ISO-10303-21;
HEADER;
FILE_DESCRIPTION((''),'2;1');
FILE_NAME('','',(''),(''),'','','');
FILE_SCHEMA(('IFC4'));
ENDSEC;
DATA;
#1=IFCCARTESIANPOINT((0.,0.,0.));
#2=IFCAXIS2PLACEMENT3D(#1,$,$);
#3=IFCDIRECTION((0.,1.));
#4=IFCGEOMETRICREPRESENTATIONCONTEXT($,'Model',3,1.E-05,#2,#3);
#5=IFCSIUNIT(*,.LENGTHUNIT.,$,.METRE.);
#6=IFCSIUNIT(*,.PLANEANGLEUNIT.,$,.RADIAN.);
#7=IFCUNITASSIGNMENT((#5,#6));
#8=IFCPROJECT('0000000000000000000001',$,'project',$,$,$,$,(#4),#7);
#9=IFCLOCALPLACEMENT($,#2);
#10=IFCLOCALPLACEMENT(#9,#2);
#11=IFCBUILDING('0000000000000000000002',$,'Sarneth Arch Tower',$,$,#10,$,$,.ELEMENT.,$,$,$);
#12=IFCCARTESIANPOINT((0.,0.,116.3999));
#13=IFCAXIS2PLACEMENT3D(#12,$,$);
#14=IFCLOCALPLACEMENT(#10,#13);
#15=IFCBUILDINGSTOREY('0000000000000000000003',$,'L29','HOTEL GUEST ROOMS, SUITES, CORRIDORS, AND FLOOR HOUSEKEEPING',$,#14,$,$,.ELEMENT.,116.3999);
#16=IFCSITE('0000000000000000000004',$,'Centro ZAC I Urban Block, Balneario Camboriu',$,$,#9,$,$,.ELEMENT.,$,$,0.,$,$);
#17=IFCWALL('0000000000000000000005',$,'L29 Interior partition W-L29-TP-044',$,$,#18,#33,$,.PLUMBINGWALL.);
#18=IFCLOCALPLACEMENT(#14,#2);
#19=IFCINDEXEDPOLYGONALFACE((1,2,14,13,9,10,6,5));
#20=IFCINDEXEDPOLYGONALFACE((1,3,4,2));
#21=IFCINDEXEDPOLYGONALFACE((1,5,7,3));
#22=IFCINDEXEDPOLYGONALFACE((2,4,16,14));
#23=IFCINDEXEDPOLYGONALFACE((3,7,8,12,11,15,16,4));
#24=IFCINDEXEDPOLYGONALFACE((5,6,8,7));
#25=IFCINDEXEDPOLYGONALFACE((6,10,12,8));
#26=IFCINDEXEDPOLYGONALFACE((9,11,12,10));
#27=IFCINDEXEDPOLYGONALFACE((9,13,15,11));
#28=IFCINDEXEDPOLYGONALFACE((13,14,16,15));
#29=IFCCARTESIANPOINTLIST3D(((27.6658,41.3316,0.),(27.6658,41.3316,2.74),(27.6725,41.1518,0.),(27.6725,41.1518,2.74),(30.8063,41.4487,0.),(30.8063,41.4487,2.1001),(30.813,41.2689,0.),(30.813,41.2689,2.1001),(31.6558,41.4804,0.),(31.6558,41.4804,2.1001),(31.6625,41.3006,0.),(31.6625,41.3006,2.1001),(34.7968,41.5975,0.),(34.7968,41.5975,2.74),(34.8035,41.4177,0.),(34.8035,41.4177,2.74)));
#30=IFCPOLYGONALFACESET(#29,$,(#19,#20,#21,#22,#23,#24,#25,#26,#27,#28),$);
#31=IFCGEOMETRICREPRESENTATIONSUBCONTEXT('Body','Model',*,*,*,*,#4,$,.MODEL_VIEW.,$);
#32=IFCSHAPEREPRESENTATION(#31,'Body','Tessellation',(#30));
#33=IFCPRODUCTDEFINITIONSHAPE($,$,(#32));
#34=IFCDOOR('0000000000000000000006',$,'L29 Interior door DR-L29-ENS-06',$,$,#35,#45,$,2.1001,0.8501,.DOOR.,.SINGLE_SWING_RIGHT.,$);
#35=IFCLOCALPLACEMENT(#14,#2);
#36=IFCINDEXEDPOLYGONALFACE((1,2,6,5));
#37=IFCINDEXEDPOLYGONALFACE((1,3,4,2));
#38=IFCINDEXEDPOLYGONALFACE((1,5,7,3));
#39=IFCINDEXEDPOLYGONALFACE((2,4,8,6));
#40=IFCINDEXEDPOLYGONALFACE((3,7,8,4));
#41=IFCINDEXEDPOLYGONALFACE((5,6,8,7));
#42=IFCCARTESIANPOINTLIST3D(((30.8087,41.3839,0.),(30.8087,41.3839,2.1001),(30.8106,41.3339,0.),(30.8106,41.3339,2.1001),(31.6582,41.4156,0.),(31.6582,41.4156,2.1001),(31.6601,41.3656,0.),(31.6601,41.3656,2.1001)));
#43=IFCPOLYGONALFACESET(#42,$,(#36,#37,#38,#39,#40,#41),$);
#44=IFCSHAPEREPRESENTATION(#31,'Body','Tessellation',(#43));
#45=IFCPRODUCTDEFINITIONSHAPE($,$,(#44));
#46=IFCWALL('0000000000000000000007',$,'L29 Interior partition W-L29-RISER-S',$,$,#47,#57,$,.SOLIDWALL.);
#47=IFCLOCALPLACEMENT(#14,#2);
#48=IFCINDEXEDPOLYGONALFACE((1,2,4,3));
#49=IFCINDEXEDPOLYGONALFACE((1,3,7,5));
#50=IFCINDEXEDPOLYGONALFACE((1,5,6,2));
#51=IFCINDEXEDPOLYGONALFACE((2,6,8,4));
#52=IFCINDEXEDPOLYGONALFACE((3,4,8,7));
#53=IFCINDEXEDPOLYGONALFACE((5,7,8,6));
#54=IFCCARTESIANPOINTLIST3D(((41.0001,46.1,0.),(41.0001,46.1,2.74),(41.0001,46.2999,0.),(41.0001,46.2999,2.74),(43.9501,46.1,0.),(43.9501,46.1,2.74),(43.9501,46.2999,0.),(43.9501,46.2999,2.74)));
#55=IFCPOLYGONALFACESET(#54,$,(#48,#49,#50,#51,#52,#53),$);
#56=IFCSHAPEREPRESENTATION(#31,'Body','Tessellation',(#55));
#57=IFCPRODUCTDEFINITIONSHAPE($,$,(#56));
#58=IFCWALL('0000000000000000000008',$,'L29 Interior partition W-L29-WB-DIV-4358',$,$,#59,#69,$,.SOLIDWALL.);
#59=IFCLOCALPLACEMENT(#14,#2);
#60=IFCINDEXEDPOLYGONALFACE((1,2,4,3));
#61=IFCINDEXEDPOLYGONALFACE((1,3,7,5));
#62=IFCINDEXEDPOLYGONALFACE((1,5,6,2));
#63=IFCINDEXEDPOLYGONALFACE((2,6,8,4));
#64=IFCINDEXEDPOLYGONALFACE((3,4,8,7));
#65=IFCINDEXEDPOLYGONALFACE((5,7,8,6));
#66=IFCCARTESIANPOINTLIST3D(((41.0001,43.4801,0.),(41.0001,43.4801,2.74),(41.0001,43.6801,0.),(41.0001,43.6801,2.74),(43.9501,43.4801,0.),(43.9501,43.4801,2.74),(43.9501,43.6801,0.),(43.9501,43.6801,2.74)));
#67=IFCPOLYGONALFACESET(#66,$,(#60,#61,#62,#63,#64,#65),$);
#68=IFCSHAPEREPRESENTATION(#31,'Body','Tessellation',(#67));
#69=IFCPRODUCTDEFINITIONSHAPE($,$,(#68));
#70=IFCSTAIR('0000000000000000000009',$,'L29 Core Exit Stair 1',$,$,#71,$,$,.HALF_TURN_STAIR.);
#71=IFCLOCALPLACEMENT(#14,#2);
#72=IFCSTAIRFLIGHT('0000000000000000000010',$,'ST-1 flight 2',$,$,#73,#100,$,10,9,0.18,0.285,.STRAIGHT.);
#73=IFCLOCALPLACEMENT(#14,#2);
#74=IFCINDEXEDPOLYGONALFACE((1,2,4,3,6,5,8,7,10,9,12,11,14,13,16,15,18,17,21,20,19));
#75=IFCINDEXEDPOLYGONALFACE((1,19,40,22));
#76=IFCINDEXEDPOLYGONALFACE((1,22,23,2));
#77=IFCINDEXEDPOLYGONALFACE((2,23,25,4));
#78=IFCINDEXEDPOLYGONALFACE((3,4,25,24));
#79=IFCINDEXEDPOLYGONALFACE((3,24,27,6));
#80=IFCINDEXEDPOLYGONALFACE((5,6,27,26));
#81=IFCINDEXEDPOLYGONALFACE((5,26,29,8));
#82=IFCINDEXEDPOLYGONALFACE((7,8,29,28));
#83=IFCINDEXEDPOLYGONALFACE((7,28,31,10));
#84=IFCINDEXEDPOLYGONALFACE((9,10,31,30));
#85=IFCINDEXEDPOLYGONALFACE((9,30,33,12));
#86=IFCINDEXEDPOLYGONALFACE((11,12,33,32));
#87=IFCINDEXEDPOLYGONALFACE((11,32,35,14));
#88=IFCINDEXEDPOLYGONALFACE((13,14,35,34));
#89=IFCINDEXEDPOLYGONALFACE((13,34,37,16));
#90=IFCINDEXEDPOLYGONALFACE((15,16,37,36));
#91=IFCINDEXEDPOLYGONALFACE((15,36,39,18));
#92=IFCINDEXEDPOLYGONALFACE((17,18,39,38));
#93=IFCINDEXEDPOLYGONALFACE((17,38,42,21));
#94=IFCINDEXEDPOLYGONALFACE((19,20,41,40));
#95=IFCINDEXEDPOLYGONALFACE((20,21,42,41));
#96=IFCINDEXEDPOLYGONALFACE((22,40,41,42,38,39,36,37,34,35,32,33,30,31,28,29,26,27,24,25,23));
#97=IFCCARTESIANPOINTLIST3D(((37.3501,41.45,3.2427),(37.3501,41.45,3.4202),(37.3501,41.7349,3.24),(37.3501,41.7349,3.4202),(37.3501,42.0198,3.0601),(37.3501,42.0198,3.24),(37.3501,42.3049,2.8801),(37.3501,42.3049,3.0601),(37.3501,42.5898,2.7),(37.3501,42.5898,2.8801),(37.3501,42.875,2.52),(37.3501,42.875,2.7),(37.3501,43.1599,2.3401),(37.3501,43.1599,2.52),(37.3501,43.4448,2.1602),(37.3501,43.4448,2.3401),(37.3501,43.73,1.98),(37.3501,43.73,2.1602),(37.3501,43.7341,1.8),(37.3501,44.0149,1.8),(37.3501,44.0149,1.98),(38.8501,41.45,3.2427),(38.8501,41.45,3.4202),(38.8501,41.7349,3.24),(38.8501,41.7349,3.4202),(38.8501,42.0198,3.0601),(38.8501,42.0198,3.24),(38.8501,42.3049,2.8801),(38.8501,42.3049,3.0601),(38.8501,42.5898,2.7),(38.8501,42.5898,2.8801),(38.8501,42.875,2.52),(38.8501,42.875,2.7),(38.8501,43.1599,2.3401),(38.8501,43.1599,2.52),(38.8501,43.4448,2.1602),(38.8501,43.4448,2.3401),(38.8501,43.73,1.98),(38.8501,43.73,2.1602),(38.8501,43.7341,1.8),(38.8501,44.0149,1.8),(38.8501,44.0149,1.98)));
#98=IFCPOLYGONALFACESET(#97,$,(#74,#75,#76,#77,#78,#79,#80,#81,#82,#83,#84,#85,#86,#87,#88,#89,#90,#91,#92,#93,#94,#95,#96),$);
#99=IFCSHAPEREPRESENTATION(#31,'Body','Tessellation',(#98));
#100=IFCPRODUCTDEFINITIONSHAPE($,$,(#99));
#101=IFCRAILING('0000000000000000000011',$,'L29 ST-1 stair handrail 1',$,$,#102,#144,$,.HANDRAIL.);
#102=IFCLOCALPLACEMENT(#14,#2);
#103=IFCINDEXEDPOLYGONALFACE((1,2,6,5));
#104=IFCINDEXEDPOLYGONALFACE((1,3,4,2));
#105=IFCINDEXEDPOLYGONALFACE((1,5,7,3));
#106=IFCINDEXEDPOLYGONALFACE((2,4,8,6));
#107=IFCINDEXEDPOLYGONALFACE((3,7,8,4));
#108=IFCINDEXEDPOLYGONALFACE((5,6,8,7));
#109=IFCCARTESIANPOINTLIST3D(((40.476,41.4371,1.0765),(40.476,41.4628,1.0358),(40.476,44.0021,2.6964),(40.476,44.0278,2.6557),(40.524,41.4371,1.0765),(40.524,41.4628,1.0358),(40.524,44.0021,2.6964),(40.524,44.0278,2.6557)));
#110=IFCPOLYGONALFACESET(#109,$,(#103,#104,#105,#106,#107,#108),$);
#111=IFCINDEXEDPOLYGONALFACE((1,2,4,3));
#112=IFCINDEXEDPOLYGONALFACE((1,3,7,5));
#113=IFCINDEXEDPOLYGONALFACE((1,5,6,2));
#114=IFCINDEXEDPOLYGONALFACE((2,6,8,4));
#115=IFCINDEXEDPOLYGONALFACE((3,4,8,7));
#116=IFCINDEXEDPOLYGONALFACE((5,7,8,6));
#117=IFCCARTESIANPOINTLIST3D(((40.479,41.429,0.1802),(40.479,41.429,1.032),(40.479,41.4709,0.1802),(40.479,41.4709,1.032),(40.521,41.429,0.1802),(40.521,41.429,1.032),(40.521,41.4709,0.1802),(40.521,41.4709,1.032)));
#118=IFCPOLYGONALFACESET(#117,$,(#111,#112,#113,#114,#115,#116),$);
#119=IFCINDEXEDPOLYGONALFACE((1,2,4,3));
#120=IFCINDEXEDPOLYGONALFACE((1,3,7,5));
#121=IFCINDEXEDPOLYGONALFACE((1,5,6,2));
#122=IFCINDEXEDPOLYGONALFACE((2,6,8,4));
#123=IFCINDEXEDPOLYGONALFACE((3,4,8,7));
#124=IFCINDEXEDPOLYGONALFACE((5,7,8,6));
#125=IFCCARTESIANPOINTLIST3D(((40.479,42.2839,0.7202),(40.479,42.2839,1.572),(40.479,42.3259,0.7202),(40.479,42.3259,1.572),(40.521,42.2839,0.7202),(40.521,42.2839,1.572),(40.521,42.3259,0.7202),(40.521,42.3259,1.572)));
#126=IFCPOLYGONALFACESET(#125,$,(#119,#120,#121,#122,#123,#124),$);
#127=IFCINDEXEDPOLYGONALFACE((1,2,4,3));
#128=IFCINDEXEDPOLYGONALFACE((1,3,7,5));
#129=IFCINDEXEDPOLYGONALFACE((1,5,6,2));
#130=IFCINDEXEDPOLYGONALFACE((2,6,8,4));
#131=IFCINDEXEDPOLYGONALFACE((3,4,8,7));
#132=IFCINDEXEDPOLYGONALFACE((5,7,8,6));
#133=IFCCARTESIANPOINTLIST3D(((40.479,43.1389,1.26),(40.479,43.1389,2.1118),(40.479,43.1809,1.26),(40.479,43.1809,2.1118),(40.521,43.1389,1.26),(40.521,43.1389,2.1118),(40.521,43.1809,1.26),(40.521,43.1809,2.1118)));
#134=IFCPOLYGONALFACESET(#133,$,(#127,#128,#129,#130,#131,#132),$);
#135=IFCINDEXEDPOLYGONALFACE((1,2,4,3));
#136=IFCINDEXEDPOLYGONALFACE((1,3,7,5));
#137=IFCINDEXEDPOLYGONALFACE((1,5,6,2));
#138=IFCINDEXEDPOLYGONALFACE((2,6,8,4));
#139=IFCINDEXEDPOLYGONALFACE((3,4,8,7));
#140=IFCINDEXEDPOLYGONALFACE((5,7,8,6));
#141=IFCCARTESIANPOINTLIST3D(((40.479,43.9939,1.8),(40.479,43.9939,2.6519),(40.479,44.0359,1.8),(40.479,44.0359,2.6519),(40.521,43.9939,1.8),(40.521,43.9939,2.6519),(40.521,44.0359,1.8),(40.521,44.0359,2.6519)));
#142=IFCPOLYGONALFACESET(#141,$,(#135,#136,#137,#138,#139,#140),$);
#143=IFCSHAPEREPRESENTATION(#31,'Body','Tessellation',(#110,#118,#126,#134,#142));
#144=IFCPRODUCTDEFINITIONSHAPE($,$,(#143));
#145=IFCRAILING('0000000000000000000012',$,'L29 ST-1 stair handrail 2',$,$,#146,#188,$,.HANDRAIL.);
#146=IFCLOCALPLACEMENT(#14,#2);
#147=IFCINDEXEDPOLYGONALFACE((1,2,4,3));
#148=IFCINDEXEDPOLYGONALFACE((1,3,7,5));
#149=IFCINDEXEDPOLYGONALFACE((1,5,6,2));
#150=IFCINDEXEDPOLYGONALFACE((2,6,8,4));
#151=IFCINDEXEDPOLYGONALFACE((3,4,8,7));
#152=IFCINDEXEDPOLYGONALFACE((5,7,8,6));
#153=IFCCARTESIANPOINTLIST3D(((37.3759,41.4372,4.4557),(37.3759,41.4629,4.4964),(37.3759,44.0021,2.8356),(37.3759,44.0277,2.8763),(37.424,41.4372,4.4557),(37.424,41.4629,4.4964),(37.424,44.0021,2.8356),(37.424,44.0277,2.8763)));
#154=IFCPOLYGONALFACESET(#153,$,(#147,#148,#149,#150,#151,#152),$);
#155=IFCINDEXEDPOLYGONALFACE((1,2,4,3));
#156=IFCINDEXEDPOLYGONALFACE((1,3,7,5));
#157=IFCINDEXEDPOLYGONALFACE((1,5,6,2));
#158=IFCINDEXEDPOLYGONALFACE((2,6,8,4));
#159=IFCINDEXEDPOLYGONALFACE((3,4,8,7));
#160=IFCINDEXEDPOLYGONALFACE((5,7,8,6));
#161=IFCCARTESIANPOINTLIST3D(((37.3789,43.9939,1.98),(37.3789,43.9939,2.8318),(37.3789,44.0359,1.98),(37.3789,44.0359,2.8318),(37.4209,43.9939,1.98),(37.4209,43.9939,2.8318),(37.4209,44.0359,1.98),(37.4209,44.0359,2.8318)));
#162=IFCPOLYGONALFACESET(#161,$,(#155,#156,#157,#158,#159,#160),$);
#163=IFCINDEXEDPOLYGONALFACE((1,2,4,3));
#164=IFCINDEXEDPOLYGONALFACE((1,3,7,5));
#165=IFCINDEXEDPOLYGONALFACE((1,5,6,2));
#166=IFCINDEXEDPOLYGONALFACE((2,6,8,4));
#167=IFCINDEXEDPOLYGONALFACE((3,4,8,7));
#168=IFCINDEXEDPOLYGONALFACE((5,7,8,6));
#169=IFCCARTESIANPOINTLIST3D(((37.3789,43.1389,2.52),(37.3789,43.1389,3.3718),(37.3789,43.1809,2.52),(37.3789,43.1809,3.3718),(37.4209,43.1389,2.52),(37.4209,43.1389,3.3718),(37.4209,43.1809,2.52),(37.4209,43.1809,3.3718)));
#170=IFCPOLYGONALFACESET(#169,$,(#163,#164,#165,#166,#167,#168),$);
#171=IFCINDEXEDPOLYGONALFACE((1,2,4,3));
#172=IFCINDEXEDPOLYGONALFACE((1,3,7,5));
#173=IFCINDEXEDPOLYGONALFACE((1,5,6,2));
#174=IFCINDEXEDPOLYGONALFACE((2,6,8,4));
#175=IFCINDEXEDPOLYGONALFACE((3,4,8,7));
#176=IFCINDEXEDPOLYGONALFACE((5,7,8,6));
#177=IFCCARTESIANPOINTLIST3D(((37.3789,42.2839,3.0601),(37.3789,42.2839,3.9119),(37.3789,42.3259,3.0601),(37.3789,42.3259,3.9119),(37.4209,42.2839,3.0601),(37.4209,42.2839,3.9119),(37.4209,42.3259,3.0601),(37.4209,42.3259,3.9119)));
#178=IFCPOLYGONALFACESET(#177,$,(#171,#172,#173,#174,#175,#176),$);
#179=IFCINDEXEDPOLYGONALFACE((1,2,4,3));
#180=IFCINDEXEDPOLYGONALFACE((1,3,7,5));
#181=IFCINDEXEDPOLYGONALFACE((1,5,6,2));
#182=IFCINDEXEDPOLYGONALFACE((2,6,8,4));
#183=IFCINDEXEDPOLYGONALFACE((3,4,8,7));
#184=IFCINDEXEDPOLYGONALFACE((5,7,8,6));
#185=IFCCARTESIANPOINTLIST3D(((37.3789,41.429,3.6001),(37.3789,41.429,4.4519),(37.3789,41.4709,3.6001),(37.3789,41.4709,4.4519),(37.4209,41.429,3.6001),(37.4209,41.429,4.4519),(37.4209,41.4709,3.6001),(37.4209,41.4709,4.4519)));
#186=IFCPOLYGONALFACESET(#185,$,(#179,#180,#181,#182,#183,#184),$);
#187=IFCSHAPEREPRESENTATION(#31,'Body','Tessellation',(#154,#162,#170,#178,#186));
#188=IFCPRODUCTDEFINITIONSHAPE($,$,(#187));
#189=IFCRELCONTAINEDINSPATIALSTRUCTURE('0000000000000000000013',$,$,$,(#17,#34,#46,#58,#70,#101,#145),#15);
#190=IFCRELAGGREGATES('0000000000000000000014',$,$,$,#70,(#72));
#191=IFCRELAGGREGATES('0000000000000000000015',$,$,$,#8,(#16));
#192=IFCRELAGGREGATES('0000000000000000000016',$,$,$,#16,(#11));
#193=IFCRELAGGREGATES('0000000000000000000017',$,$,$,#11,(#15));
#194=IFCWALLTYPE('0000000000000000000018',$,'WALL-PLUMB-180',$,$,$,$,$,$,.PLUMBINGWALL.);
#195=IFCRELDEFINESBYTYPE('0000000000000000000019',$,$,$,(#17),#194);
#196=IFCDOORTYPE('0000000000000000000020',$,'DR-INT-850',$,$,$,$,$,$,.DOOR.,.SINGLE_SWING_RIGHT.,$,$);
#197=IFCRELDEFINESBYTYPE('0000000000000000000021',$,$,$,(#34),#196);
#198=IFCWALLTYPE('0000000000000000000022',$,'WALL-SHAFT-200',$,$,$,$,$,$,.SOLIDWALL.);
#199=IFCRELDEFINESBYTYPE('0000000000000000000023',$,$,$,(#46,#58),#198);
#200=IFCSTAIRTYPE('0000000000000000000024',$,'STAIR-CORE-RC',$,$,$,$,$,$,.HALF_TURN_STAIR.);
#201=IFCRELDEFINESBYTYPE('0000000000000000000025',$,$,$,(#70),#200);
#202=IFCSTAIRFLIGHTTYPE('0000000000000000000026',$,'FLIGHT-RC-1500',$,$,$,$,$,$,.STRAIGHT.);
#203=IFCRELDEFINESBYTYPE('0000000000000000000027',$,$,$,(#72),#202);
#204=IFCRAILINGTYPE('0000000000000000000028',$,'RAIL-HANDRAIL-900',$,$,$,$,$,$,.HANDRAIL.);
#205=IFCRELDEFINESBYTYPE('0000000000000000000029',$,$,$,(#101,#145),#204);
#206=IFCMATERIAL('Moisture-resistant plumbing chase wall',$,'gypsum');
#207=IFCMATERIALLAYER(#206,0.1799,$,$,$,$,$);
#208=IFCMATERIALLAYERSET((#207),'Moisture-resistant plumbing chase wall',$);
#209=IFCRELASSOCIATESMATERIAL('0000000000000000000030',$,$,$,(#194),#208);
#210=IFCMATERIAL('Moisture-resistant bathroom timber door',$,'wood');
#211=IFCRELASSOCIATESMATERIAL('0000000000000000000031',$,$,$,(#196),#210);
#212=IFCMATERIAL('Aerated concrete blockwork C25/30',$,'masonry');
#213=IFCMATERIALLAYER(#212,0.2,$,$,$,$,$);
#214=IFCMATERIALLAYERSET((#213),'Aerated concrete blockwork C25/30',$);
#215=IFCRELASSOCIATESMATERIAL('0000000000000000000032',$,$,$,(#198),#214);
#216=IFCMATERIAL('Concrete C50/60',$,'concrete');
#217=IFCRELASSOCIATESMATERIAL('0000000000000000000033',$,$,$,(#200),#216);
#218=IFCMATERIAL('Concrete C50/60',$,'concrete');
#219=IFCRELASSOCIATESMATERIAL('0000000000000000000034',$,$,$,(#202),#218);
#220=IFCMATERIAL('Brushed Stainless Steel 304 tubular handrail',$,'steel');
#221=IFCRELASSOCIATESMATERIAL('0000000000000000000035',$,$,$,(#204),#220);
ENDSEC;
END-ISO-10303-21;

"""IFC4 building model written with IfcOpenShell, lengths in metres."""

from ifc_helpers import new_model, si_unit, direction, frame, frame_2d, origin, origin_2d, place, context, subcontext, project, spatial, polyline, rectangle, outline, extrude, material, layer, layer_set, type_object, element, fill, aggregate, save


model = new_model("IFC4")

# Units and contexts
model_context = context("Model", 3, precision=1e-05, world=origin(), true_north=direction((0.0, 1.0)))
body_context = subcontext(model_context, "Body", "Model", "MODEL_VIEW")
ifc_project = project(units=[si_unit("LENGTHUNIT", "METRE"), si_unit("PLANEANGLEUNIT", "RADIAN")], contexts=[model_context])

# Site, building, storey
site_placement = place(None, origin())
site = spatial("IfcSite", under=ifc_project, at=site_placement, Name="Centro ZAC I Urban Block, Balneario Camboriu", CompositionType="ELEMENT", RefElevation=0.0)
building_placement = place(site_placement, origin())
building = spatial("IfcBuilding", under=site, at=building_placement, Name="Sarneth Arch Tower", CompositionType="ELEMENT")
storey_placement = place(building_placement, frame((0.0, 0.0, 116.3999)))
storey = spatial("IfcBuildingStorey", under=building, at=storey_placement, Name="L29", Description="HOTEL GUEST ROOMS, SUITES, CORRIDORS, AND FLOOR HOUSEKEEPING", CompositionType="ELEMENT", Elevation=116.3999)

# Wall, opening, door
ifc_material_1 = material(Name="Moisture-resistant plumbing chase wall", Category="gypsum")
ifc_layer_1 = layer(ifc_material_1, 0.1799)
ifc_layer_set_1 = layer_set([ifc_layer_1], Name="Moisture-resistant plumbing chase wall")
wall_type_1 = type_object("IfcWallType", Name="WALL-PLUMB-180", PredefinedType="PLUMBINGWALL", material=ifc_layer_set_1)
wall_1_placement = place(storey_placement, frame((34.8, 41.5076, 0.0), z_axis=(0.0, 0.0, 1.0), x_axis=(-0.999306, -0.037257, 0.0)))
wall_1 = element("IfcWall", 1, at=wall_1_placement, inside=storey, type_object=wall_type_1, Name="L29 Interior partition W-L29-TP-044", PredefinedType="PLUMBINGWALL", context=body_context, shape_type="SweptSolid", body=[
    extrude(rectangle(XDim=7.136, YDim=0.1799, at=frame_2d((3.5679, 0.0))), origin(), (0.0, 0.0, 1.0), 2.74),
])
opening_1_placement = place(wall_1_placement, frame((3.1431, 0.0, 0.0)))
opening_1 = element("IfcOpeningElement", 2, at=opening_1_placement, cuts=wall_1, PredefinedType="OPENING", context=body_context, shape_type="SweptSolid", body=[
    extrude(rectangle(XDim=0.8501, YDim=2.1001, at=frame_2d((0.425, 1.05))), frame((0.0, 0.0999, 0.0), z_axis=(0.0, -1.0, 0.0), x_axis=(1.0, 0.0, 0.0)), (0.0, 0.0, 1.0), 0.2),
])
ifc_material_2 = material(Name="Moisture-resistant bathroom timber door", Category="wood")
door_type_1 = type_object("IfcDoorType", Name="DR-INT-850", OperationType="SINGLE_SWING_RIGHT", PredefinedType="DOOR", material=ifc_material_2)
door_1_placement = place(opening_1_placement, origin())
door_1 = element("IfcDoor", 3, at=door_1_placement, inside=storey, type_object=door_type_1, Name="L29 Interior door DR-L29-ENS-06", OperationType="SINGLE_SWING_RIGHT", OverallHeight=2.1001, OverallWidth=0.8501, PredefinedType="DOOR", context=body_context, shape_type="SweptSolid", body=[
    extrude(rectangle(XDim=0.8501, YDim=2.1001, at=frame_2d((0.425, 1.05))), frame((0.0, 0.0249, 0.0), z_axis=(0.0, -1.0, 0.0), x_axis=(1.0, 0.0, 0.0)), (0.0, 0.0, 1.0), 0.05),
])
fill(opening_1, door_1)

# Wall
ifc_material_3 = material(Name="Aerated concrete blockwork C25/30", Category="masonry")
ifc_layer_2 = layer(ifc_material_3, 0.2)
ifc_layer_set_2 = layer_set([ifc_layer_2], Name="Aerated concrete blockwork C25/30")
wall_type_2 = type_object("IfcWallType", Name="WALL-SHAFT-200", PredefinedType="SOLIDWALL", material=ifc_layer_set_2)
wall_2_placement = place(storey_placement, frame((41.0, 46.2, 0.0), z_axis=(0.0, 0.0, 1.0), x_axis=(1.0, 0.0, 0.0)))
element("IfcWall", 4, at=wall_2_placement, inside=storey, type_object=wall_type_2, Name="L29 Interior partition W-L29-RISER-S", PredefinedType="SOLIDWALL", context=body_context, shape_type="SweptSolid", body=[
    extrude(rectangle(XDim=2.95, YDim=0.2, at=frame_2d((1.4751, 0.0))), origin(), (0.0, 0.0, 1.0), 2.74),
])

# Wall
wall_3_placement = place(storey_placement, frame((41.0, 43.5801, 0.0), z_axis=(0.0, 0.0, 1.0), x_axis=(1.0, 0.0, 0.0)))
element("IfcWall", 5, at=wall_3_placement, inside=storey, type_object=wall_type_2, Name="L29 Interior partition W-L29-WB-DIV-4358", PredefinedType="SOLIDWALL", context=body_context, shape_type="SweptSolid", body=[
    extrude(rectangle(XDim=2.95, YDim=0.2, at=frame_2d((1.4751, 0.0))), origin(), (0.0, 0.0, 1.0), 2.74),
])

# Stair, stair flight
ifc_material_4 = material(Name="Concrete C50/60", Category="concrete")
stair_type = type_object("IfcStairType", Name="STAIR-CORE-RC", PredefinedType="HALF_TURN_STAIR", material=ifc_material_4)
stair_placement = place(storey_placement, origin())
stair = element("IfcStair", 6, at=stair_placement, inside=storey, type_object=stair_type, Name="L29 Core Exit Stair 1", PredefinedType="HALF_TURN_STAIR")
ifc_material_5 = material(Name="Concrete C50/60", Category="concrete")
stair_flight_type = type_object("IfcStairFlightType", Name="FLIGHT-RC-1500", PredefinedType="STRAIGHT", material=ifc_material_5)
stair_flight_placement = place(storey_placement, frame((38.1001, 44.0149, 1.8), z_axis=(0.0, 0.0, 1.0), x_axis=(0.0, -1.0, 0.0)))
stair_flight = element("IfcStairFlight", 7, at=stair_flight_placement, type_object=stair_flight_type, Name="ST-1 flight 2", NumberOfRisers=10, NumberOfTreads=9, PredefinedType="STRAIGHT", RiserHeight=0.18, TreadLength=0.285, context=body_context, shape_type="SweptSolid", body=[
    extrude(outline(polyline([(0.0, 0.0), (0.0, 0.1799), (0.2849, 0.1799), (0.2849, 0.3601), (0.5701, 0.3601), (0.5701, 0.54), (0.855, 0.54), (0.855, 0.72), (1.1399, 0.72), (1.1399, 0.8999), (1.425, 0.8999), (1.425, 1.0801), (1.71, 1.0801), (1.71, 1.26), (1.9951, 1.26), (1.9951, 1.4399), (2.28, 1.4399), (2.28, 1.6201), (2.5649, 1.6201), (2.5649, 1.8), (2.5649, 1.4426), (0.2808, 0.0), (0.0, 0.0)])), frame((0.0, 0.75, 0.0), z_axis=(0.0, -1.0, 0.0), x_axis=(1.0, 0.0, 0.0)), (0.0, 0.0, 1.0), 1.5),
])
aggregate(stair, [stair_flight])

# Railings
ifc_material_6 = material(Name="Brushed Stainless Steel 304 tubular handrail", Category="steel")
railing_type_1 = type_object("IfcRailingType", Name="RAIL-HANDRAIL-900", PredefinedType="HANDRAIL", material=ifc_material_6)
railing_1_placement = place(storey_placement, frame((40.5, 41.45, 0.1802)))
element("IfcRailing", 8, at=railing_1_placement, inside=storey, type_object=railing_type_1, Name="L29 ST-1 stair handrail 1", PredefinedType="HANDRAIL", context=body_context, shape_type="SweptSolid", body=[
    extrude(rectangle(XDim=0.0481, YDim=0.0481, at=origin_2d()), frame((0.0, 0.0, 0.876), z_axis=(0.0, 0.845502, 0.533972), x_axis=(-1.0, 0.0, 0.0)), (0.0, 0.0, 1.0), 3.0337),
    extrude(rectangle(XDim=0.042, YDim=0.042, at=origin_2d()), origin(), (0.0, 0.0, 1.0), 0.8518),
    extrude(rectangle(XDim=0.042, YDim=0.042, at=origin_2d()), frame((0.0, 0.855, 0.54)), (0.0, 0.0, 1.0), 0.8518),
    extrude(rectangle(XDim=0.042, YDim=0.042, at=origin_2d()), frame((0.0, 1.71, 1.0798)), (0.0, 0.0, 1.0), 0.8518),
    extrude(rectangle(XDim=0.042, YDim=0.042, at=origin_2d()), frame((0.0, 2.5649, 1.6199)), (0.0, 0.0, 1.0), 0.8518),
])
railing_2_placement = place(storey_placement, frame((37.3999, 44.0149, 1.98)))
element("IfcRailing", 9, at=railing_2_placement, inside=storey, type_object=railing_type_1, Name="L29 ST-1 stair handrail 2", PredefinedType="HANDRAIL", context=body_context, shape_type="SweptSolid", body=[
    extrude(rectangle(XDim=0.0481, YDim=0.0481, at=origin_2d()), frame((0.0, 0.0, 0.876), z_axis=(0.0, -0.845466, 0.534029), x_axis=(1.0, 0.0, 0.0)), (0.0, 0.0, 1.0), 3.0337),
    extrude(rectangle(XDim=0.042, YDim=0.042, at=origin_2d()), origin(), (0.0, 0.0, 1.0), 0.8518),
    extrude(rectangle(XDim=0.042, YDim=0.042, at=origin_2d()), frame((0.0, -0.855, 0.54)), (0.0, 0.0, 1.0), 0.8518),
    extrude(rectangle(XDim=0.042, YDim=0.042, at=origin_2d()), frame((0.0, -1.71, 1.0801)), (0.0, 0.0, 1.0), 0.8518),
    extrude(rectangle(XDim=0.042, YDim=0.042, at=origin_2d()), frame((0.0, -2.5649, 1.6201)), (0.0, 0.0, 1.0), 0.8518),
])

save(model, "model.ifc")
